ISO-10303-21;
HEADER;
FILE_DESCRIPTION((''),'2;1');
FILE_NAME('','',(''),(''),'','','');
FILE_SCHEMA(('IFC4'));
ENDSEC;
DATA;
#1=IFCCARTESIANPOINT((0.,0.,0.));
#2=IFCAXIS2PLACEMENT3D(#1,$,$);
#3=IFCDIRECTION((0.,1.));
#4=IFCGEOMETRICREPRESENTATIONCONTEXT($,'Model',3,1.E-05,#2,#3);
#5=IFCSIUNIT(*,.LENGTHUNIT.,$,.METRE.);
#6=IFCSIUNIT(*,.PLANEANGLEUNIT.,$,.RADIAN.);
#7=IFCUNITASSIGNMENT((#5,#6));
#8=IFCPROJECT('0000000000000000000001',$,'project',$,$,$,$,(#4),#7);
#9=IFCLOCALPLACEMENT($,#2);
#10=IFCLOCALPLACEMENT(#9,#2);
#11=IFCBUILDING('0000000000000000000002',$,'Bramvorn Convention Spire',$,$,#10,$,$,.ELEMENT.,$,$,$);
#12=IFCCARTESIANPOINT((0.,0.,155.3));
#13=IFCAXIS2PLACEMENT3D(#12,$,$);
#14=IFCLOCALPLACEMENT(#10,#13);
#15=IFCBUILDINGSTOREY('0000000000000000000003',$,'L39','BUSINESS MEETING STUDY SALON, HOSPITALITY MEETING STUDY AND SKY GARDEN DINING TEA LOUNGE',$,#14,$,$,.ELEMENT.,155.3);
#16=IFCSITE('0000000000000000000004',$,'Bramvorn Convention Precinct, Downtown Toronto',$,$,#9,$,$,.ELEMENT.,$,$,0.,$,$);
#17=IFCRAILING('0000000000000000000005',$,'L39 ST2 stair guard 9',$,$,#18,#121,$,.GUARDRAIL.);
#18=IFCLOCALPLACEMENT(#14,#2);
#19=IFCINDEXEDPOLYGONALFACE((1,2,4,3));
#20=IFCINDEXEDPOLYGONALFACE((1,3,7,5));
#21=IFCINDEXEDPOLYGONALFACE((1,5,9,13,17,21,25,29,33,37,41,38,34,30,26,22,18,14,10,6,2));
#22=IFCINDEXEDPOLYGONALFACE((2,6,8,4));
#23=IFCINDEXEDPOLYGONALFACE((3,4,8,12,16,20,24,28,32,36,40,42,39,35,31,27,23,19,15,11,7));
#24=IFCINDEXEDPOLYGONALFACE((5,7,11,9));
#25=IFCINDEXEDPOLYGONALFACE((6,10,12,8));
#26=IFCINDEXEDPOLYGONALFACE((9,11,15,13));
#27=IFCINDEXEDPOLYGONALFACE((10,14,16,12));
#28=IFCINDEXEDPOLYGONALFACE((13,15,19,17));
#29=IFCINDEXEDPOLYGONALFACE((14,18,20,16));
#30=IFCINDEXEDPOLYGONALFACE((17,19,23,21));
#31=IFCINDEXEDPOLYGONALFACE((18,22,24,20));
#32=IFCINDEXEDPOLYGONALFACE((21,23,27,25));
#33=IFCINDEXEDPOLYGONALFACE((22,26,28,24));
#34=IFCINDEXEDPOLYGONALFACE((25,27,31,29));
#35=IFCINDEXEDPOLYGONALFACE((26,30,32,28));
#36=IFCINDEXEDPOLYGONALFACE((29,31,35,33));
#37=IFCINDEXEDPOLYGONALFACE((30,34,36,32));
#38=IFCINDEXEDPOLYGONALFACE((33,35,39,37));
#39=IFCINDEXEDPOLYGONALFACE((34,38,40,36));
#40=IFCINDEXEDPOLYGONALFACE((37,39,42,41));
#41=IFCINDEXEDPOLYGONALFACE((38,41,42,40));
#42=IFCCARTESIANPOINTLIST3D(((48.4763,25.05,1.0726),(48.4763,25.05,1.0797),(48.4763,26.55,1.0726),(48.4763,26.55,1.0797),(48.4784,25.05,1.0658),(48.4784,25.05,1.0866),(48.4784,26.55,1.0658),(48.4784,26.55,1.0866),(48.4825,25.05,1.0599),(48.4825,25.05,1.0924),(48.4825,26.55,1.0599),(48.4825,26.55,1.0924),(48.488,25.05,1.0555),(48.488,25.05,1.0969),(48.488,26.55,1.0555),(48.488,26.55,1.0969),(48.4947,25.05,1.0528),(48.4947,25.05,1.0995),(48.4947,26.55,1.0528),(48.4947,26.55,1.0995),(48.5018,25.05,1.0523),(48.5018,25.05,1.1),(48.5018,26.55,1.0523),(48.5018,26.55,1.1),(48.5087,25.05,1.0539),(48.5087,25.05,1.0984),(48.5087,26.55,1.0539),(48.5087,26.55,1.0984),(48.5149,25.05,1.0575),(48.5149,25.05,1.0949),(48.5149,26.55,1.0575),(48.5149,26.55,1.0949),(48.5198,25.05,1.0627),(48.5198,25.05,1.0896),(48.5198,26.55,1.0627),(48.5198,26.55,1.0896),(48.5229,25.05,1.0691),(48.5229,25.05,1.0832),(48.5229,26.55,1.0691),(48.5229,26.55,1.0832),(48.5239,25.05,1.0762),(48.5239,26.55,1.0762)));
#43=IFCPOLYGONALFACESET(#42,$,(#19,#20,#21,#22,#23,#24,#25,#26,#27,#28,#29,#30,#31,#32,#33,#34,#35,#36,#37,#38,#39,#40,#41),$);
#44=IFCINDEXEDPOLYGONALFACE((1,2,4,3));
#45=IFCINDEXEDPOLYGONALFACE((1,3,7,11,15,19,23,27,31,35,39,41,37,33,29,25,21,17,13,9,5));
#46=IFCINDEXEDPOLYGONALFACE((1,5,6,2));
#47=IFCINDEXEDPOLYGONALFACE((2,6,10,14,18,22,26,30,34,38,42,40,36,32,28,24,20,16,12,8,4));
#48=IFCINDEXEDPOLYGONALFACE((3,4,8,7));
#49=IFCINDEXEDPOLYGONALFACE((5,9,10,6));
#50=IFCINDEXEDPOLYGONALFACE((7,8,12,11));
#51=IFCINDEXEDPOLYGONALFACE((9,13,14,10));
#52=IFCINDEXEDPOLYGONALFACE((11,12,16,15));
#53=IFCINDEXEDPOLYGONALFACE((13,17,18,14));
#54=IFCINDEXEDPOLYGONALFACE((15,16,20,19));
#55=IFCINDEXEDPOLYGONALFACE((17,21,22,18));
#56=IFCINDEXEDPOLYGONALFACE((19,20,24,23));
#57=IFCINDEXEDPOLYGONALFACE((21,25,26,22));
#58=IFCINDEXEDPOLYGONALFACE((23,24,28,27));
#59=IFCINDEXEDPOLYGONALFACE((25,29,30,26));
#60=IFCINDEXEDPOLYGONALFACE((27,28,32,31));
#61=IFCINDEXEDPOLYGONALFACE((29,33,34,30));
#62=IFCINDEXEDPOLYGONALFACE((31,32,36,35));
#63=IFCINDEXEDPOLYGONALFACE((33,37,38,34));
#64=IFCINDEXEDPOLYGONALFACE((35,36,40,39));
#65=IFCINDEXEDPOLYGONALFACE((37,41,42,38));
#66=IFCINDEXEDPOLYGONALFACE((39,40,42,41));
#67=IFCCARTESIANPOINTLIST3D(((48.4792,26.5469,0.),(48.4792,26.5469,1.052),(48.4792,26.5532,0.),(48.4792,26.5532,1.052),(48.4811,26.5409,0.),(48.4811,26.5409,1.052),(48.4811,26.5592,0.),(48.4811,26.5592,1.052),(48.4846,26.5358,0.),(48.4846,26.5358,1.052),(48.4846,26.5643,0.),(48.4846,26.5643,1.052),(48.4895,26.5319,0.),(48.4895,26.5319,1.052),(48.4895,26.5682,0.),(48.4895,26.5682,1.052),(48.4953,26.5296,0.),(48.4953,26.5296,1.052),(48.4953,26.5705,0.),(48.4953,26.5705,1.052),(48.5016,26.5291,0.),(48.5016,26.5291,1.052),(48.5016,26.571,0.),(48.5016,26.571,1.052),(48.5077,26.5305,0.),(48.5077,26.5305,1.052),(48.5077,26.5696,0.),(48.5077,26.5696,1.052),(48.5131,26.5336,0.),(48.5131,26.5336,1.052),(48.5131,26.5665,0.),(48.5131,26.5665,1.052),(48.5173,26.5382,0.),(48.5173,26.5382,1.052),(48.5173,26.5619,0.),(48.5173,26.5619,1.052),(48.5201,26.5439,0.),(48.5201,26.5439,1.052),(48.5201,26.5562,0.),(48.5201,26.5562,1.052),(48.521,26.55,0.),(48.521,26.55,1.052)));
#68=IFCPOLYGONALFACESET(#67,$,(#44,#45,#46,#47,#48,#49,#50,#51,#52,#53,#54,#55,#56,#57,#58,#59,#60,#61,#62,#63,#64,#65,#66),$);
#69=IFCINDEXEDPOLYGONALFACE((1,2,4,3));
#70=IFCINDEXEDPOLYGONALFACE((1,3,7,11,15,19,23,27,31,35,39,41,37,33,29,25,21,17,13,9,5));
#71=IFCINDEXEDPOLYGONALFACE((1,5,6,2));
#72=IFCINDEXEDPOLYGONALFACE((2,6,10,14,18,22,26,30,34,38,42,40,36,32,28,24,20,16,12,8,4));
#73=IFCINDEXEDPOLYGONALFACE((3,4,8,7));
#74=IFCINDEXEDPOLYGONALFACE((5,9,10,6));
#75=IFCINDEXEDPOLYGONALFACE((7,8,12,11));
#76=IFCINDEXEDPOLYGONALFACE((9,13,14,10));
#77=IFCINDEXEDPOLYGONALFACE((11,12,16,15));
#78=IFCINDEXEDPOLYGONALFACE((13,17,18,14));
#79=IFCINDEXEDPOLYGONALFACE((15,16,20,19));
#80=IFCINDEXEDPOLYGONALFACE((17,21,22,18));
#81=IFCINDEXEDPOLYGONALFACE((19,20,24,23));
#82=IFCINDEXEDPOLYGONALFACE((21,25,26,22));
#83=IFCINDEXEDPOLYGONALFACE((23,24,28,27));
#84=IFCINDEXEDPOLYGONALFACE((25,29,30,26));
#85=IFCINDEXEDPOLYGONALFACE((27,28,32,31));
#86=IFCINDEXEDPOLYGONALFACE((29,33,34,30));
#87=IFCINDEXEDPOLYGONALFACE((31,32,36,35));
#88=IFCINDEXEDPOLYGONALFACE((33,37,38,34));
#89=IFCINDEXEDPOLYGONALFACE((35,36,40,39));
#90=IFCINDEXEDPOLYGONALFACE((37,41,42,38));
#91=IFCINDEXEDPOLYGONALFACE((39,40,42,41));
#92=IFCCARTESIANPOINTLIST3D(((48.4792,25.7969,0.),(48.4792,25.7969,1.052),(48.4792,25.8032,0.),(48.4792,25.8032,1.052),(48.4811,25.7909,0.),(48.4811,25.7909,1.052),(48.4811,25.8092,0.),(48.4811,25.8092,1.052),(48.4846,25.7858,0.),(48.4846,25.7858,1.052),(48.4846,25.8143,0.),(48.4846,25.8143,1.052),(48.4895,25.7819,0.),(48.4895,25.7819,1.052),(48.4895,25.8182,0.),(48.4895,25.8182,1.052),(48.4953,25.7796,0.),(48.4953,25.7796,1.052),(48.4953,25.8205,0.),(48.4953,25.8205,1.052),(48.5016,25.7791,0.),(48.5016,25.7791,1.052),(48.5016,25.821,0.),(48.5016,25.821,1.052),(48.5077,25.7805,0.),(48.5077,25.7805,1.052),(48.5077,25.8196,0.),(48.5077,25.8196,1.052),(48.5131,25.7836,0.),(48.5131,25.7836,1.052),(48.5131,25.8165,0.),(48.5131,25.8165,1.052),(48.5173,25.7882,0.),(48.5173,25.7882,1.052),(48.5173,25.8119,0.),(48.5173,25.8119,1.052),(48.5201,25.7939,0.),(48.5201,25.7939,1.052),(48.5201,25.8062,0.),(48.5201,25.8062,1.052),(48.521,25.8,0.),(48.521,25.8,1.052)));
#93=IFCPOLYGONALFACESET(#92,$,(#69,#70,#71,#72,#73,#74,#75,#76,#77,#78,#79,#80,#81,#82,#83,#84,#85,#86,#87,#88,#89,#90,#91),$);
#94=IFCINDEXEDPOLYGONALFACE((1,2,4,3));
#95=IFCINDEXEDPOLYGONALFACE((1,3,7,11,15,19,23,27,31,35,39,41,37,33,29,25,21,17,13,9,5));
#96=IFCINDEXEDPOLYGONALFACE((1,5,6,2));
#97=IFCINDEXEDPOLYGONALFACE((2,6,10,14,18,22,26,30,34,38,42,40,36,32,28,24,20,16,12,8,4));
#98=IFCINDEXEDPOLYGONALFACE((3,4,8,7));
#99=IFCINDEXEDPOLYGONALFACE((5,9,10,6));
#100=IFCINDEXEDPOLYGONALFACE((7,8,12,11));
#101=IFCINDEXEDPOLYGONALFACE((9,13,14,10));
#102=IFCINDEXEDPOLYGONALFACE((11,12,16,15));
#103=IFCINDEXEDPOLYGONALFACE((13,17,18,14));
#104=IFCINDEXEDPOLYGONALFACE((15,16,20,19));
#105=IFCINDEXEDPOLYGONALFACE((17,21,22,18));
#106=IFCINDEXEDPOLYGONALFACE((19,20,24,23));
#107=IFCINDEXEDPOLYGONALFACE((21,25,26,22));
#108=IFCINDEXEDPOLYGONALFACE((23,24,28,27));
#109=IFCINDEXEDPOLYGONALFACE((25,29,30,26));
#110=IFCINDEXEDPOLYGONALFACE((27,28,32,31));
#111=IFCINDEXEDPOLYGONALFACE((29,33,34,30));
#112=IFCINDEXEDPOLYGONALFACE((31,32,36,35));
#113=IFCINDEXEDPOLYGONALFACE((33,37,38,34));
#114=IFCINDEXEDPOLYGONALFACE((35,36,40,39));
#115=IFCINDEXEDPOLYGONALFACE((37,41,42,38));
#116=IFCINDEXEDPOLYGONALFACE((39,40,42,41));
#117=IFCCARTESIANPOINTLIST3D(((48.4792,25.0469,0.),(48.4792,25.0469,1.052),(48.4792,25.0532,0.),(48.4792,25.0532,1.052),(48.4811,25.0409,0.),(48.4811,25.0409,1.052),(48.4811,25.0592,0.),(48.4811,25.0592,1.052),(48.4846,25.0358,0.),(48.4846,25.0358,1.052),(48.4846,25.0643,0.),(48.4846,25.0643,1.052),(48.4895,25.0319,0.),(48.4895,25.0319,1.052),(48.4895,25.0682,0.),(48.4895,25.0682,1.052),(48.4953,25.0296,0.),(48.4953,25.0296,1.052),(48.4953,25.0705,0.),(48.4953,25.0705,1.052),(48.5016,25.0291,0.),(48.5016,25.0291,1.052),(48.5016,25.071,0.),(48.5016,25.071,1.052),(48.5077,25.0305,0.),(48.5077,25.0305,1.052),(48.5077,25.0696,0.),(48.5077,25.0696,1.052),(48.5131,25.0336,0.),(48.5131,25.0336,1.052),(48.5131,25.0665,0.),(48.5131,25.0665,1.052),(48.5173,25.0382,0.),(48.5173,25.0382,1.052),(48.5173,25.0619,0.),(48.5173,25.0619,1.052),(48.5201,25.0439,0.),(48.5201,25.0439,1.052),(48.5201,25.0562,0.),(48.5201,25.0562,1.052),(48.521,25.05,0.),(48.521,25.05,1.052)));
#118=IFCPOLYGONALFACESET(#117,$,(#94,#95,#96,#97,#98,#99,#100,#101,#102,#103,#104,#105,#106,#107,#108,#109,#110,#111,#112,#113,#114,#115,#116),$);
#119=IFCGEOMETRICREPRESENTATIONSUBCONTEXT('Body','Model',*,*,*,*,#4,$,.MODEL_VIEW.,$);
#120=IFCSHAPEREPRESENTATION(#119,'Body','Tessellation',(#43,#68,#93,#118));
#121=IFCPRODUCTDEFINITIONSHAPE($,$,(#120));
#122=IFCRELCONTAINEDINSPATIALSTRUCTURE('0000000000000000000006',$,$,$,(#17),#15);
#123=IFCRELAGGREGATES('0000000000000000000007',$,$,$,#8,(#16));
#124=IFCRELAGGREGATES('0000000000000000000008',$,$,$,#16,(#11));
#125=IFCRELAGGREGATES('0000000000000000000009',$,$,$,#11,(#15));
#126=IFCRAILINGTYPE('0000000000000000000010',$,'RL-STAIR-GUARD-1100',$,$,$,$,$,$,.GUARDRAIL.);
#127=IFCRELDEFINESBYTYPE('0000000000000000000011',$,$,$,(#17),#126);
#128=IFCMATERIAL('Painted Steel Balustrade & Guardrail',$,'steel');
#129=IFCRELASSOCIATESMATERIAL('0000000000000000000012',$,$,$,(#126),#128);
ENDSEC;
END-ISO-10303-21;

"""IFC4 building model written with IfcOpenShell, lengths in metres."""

from ifc_helpers import new_model, si_unit, direction, frame, origin, origin_2d, place, context, subcontext, project, spatial, circle, extrude, material, type_object, element, save


model = new_model("IFC4")

# Units and contexts
model_context = context("Model", 3, precision=1e-05, world=origin(), true_north=direction((0.0, 1.0)))
body_context = subcontext(model_context, "Body", "Model", "MODEL_VIEW")
ifc_project = project(units=[si_unit("LENGTHUNIT", "METRE"), si_unit("PLANEANGLEUNIT", "RADIAN")], contexts=[model_context])

# Site, building, storey
site_placement = place(None, origin())
site = spatial("IfcSite", under=ifc_project, at=site_placement, Name="Bramvorn Convention Precinct, Downtown Toronto", CompositionType="ELEMENT", RefElevation=0.0)
building_placement = place(site_placement, origin())
building = spatial("IfcBuilding", under=site, at=building_placement, Name="Bramvorn Convention Spire", CompositionType="ELEMENT")
storey_placement = place(building_placement, frame((0.0, 0.0, 155.3)))
storey = spatial("IfcBuildingStorey", under=building, at=storey_placement, Name="L39", Description="BUSINESS MEETING STUDY SALON, HOSPITALITY MEETING STUDY AND SKY GARDEN DINING TEA LOUNGE", CompositionType="ELEMENT", Elevation=155.3)

# Railing
ifc_material_1 = material(Name="Painted Steel Balustrade & Guardrail", Category="steel")
railing_type_1 = type_object("IfcRailingType", Name="RL-STAIR-GUARD-1100", PredefinedType="GUARDRAIL", material=ifc_material_1)
railing_1_placement = place(storey_placement, frame((48.5, 26.55, 0.0)))
element("IfcRailing", 1, at=railing_1_placement, inside=storey, type_object=railing_type_1, Name="L39 ST2 stair guard 9", PredefinedType="GUARDRAIL", context=body_context, shape_type="SweptSolid", body=[
    extrude(circle(Radius=0.0239, at=origin_2d()), frame((0.0, 0.0, 1.0762), z_axis=(0.0, -1.0, 0.0), x_axis=(1.0, 0.0, 0.0)), (0.0, 0.0, 1.0), 1.5),
    extrude(circle(Radius=0.021, at=origin_2d()), origin(), (0.0, 0.0, 1.0), 1.052),
    extrude(circle(Radius=0.021, at=origin_2d()), frame((0.0, -0.75, 0.0)), (0.0, 0.0, 1.0), 1.052),
    extrude(circle(Radius=0.021, at=origin_2d()), frame((0.0, -1.5, 0.0)), (0.0, 0.0, 1.0), 1.052),
])

save(model, "model.ifc")
